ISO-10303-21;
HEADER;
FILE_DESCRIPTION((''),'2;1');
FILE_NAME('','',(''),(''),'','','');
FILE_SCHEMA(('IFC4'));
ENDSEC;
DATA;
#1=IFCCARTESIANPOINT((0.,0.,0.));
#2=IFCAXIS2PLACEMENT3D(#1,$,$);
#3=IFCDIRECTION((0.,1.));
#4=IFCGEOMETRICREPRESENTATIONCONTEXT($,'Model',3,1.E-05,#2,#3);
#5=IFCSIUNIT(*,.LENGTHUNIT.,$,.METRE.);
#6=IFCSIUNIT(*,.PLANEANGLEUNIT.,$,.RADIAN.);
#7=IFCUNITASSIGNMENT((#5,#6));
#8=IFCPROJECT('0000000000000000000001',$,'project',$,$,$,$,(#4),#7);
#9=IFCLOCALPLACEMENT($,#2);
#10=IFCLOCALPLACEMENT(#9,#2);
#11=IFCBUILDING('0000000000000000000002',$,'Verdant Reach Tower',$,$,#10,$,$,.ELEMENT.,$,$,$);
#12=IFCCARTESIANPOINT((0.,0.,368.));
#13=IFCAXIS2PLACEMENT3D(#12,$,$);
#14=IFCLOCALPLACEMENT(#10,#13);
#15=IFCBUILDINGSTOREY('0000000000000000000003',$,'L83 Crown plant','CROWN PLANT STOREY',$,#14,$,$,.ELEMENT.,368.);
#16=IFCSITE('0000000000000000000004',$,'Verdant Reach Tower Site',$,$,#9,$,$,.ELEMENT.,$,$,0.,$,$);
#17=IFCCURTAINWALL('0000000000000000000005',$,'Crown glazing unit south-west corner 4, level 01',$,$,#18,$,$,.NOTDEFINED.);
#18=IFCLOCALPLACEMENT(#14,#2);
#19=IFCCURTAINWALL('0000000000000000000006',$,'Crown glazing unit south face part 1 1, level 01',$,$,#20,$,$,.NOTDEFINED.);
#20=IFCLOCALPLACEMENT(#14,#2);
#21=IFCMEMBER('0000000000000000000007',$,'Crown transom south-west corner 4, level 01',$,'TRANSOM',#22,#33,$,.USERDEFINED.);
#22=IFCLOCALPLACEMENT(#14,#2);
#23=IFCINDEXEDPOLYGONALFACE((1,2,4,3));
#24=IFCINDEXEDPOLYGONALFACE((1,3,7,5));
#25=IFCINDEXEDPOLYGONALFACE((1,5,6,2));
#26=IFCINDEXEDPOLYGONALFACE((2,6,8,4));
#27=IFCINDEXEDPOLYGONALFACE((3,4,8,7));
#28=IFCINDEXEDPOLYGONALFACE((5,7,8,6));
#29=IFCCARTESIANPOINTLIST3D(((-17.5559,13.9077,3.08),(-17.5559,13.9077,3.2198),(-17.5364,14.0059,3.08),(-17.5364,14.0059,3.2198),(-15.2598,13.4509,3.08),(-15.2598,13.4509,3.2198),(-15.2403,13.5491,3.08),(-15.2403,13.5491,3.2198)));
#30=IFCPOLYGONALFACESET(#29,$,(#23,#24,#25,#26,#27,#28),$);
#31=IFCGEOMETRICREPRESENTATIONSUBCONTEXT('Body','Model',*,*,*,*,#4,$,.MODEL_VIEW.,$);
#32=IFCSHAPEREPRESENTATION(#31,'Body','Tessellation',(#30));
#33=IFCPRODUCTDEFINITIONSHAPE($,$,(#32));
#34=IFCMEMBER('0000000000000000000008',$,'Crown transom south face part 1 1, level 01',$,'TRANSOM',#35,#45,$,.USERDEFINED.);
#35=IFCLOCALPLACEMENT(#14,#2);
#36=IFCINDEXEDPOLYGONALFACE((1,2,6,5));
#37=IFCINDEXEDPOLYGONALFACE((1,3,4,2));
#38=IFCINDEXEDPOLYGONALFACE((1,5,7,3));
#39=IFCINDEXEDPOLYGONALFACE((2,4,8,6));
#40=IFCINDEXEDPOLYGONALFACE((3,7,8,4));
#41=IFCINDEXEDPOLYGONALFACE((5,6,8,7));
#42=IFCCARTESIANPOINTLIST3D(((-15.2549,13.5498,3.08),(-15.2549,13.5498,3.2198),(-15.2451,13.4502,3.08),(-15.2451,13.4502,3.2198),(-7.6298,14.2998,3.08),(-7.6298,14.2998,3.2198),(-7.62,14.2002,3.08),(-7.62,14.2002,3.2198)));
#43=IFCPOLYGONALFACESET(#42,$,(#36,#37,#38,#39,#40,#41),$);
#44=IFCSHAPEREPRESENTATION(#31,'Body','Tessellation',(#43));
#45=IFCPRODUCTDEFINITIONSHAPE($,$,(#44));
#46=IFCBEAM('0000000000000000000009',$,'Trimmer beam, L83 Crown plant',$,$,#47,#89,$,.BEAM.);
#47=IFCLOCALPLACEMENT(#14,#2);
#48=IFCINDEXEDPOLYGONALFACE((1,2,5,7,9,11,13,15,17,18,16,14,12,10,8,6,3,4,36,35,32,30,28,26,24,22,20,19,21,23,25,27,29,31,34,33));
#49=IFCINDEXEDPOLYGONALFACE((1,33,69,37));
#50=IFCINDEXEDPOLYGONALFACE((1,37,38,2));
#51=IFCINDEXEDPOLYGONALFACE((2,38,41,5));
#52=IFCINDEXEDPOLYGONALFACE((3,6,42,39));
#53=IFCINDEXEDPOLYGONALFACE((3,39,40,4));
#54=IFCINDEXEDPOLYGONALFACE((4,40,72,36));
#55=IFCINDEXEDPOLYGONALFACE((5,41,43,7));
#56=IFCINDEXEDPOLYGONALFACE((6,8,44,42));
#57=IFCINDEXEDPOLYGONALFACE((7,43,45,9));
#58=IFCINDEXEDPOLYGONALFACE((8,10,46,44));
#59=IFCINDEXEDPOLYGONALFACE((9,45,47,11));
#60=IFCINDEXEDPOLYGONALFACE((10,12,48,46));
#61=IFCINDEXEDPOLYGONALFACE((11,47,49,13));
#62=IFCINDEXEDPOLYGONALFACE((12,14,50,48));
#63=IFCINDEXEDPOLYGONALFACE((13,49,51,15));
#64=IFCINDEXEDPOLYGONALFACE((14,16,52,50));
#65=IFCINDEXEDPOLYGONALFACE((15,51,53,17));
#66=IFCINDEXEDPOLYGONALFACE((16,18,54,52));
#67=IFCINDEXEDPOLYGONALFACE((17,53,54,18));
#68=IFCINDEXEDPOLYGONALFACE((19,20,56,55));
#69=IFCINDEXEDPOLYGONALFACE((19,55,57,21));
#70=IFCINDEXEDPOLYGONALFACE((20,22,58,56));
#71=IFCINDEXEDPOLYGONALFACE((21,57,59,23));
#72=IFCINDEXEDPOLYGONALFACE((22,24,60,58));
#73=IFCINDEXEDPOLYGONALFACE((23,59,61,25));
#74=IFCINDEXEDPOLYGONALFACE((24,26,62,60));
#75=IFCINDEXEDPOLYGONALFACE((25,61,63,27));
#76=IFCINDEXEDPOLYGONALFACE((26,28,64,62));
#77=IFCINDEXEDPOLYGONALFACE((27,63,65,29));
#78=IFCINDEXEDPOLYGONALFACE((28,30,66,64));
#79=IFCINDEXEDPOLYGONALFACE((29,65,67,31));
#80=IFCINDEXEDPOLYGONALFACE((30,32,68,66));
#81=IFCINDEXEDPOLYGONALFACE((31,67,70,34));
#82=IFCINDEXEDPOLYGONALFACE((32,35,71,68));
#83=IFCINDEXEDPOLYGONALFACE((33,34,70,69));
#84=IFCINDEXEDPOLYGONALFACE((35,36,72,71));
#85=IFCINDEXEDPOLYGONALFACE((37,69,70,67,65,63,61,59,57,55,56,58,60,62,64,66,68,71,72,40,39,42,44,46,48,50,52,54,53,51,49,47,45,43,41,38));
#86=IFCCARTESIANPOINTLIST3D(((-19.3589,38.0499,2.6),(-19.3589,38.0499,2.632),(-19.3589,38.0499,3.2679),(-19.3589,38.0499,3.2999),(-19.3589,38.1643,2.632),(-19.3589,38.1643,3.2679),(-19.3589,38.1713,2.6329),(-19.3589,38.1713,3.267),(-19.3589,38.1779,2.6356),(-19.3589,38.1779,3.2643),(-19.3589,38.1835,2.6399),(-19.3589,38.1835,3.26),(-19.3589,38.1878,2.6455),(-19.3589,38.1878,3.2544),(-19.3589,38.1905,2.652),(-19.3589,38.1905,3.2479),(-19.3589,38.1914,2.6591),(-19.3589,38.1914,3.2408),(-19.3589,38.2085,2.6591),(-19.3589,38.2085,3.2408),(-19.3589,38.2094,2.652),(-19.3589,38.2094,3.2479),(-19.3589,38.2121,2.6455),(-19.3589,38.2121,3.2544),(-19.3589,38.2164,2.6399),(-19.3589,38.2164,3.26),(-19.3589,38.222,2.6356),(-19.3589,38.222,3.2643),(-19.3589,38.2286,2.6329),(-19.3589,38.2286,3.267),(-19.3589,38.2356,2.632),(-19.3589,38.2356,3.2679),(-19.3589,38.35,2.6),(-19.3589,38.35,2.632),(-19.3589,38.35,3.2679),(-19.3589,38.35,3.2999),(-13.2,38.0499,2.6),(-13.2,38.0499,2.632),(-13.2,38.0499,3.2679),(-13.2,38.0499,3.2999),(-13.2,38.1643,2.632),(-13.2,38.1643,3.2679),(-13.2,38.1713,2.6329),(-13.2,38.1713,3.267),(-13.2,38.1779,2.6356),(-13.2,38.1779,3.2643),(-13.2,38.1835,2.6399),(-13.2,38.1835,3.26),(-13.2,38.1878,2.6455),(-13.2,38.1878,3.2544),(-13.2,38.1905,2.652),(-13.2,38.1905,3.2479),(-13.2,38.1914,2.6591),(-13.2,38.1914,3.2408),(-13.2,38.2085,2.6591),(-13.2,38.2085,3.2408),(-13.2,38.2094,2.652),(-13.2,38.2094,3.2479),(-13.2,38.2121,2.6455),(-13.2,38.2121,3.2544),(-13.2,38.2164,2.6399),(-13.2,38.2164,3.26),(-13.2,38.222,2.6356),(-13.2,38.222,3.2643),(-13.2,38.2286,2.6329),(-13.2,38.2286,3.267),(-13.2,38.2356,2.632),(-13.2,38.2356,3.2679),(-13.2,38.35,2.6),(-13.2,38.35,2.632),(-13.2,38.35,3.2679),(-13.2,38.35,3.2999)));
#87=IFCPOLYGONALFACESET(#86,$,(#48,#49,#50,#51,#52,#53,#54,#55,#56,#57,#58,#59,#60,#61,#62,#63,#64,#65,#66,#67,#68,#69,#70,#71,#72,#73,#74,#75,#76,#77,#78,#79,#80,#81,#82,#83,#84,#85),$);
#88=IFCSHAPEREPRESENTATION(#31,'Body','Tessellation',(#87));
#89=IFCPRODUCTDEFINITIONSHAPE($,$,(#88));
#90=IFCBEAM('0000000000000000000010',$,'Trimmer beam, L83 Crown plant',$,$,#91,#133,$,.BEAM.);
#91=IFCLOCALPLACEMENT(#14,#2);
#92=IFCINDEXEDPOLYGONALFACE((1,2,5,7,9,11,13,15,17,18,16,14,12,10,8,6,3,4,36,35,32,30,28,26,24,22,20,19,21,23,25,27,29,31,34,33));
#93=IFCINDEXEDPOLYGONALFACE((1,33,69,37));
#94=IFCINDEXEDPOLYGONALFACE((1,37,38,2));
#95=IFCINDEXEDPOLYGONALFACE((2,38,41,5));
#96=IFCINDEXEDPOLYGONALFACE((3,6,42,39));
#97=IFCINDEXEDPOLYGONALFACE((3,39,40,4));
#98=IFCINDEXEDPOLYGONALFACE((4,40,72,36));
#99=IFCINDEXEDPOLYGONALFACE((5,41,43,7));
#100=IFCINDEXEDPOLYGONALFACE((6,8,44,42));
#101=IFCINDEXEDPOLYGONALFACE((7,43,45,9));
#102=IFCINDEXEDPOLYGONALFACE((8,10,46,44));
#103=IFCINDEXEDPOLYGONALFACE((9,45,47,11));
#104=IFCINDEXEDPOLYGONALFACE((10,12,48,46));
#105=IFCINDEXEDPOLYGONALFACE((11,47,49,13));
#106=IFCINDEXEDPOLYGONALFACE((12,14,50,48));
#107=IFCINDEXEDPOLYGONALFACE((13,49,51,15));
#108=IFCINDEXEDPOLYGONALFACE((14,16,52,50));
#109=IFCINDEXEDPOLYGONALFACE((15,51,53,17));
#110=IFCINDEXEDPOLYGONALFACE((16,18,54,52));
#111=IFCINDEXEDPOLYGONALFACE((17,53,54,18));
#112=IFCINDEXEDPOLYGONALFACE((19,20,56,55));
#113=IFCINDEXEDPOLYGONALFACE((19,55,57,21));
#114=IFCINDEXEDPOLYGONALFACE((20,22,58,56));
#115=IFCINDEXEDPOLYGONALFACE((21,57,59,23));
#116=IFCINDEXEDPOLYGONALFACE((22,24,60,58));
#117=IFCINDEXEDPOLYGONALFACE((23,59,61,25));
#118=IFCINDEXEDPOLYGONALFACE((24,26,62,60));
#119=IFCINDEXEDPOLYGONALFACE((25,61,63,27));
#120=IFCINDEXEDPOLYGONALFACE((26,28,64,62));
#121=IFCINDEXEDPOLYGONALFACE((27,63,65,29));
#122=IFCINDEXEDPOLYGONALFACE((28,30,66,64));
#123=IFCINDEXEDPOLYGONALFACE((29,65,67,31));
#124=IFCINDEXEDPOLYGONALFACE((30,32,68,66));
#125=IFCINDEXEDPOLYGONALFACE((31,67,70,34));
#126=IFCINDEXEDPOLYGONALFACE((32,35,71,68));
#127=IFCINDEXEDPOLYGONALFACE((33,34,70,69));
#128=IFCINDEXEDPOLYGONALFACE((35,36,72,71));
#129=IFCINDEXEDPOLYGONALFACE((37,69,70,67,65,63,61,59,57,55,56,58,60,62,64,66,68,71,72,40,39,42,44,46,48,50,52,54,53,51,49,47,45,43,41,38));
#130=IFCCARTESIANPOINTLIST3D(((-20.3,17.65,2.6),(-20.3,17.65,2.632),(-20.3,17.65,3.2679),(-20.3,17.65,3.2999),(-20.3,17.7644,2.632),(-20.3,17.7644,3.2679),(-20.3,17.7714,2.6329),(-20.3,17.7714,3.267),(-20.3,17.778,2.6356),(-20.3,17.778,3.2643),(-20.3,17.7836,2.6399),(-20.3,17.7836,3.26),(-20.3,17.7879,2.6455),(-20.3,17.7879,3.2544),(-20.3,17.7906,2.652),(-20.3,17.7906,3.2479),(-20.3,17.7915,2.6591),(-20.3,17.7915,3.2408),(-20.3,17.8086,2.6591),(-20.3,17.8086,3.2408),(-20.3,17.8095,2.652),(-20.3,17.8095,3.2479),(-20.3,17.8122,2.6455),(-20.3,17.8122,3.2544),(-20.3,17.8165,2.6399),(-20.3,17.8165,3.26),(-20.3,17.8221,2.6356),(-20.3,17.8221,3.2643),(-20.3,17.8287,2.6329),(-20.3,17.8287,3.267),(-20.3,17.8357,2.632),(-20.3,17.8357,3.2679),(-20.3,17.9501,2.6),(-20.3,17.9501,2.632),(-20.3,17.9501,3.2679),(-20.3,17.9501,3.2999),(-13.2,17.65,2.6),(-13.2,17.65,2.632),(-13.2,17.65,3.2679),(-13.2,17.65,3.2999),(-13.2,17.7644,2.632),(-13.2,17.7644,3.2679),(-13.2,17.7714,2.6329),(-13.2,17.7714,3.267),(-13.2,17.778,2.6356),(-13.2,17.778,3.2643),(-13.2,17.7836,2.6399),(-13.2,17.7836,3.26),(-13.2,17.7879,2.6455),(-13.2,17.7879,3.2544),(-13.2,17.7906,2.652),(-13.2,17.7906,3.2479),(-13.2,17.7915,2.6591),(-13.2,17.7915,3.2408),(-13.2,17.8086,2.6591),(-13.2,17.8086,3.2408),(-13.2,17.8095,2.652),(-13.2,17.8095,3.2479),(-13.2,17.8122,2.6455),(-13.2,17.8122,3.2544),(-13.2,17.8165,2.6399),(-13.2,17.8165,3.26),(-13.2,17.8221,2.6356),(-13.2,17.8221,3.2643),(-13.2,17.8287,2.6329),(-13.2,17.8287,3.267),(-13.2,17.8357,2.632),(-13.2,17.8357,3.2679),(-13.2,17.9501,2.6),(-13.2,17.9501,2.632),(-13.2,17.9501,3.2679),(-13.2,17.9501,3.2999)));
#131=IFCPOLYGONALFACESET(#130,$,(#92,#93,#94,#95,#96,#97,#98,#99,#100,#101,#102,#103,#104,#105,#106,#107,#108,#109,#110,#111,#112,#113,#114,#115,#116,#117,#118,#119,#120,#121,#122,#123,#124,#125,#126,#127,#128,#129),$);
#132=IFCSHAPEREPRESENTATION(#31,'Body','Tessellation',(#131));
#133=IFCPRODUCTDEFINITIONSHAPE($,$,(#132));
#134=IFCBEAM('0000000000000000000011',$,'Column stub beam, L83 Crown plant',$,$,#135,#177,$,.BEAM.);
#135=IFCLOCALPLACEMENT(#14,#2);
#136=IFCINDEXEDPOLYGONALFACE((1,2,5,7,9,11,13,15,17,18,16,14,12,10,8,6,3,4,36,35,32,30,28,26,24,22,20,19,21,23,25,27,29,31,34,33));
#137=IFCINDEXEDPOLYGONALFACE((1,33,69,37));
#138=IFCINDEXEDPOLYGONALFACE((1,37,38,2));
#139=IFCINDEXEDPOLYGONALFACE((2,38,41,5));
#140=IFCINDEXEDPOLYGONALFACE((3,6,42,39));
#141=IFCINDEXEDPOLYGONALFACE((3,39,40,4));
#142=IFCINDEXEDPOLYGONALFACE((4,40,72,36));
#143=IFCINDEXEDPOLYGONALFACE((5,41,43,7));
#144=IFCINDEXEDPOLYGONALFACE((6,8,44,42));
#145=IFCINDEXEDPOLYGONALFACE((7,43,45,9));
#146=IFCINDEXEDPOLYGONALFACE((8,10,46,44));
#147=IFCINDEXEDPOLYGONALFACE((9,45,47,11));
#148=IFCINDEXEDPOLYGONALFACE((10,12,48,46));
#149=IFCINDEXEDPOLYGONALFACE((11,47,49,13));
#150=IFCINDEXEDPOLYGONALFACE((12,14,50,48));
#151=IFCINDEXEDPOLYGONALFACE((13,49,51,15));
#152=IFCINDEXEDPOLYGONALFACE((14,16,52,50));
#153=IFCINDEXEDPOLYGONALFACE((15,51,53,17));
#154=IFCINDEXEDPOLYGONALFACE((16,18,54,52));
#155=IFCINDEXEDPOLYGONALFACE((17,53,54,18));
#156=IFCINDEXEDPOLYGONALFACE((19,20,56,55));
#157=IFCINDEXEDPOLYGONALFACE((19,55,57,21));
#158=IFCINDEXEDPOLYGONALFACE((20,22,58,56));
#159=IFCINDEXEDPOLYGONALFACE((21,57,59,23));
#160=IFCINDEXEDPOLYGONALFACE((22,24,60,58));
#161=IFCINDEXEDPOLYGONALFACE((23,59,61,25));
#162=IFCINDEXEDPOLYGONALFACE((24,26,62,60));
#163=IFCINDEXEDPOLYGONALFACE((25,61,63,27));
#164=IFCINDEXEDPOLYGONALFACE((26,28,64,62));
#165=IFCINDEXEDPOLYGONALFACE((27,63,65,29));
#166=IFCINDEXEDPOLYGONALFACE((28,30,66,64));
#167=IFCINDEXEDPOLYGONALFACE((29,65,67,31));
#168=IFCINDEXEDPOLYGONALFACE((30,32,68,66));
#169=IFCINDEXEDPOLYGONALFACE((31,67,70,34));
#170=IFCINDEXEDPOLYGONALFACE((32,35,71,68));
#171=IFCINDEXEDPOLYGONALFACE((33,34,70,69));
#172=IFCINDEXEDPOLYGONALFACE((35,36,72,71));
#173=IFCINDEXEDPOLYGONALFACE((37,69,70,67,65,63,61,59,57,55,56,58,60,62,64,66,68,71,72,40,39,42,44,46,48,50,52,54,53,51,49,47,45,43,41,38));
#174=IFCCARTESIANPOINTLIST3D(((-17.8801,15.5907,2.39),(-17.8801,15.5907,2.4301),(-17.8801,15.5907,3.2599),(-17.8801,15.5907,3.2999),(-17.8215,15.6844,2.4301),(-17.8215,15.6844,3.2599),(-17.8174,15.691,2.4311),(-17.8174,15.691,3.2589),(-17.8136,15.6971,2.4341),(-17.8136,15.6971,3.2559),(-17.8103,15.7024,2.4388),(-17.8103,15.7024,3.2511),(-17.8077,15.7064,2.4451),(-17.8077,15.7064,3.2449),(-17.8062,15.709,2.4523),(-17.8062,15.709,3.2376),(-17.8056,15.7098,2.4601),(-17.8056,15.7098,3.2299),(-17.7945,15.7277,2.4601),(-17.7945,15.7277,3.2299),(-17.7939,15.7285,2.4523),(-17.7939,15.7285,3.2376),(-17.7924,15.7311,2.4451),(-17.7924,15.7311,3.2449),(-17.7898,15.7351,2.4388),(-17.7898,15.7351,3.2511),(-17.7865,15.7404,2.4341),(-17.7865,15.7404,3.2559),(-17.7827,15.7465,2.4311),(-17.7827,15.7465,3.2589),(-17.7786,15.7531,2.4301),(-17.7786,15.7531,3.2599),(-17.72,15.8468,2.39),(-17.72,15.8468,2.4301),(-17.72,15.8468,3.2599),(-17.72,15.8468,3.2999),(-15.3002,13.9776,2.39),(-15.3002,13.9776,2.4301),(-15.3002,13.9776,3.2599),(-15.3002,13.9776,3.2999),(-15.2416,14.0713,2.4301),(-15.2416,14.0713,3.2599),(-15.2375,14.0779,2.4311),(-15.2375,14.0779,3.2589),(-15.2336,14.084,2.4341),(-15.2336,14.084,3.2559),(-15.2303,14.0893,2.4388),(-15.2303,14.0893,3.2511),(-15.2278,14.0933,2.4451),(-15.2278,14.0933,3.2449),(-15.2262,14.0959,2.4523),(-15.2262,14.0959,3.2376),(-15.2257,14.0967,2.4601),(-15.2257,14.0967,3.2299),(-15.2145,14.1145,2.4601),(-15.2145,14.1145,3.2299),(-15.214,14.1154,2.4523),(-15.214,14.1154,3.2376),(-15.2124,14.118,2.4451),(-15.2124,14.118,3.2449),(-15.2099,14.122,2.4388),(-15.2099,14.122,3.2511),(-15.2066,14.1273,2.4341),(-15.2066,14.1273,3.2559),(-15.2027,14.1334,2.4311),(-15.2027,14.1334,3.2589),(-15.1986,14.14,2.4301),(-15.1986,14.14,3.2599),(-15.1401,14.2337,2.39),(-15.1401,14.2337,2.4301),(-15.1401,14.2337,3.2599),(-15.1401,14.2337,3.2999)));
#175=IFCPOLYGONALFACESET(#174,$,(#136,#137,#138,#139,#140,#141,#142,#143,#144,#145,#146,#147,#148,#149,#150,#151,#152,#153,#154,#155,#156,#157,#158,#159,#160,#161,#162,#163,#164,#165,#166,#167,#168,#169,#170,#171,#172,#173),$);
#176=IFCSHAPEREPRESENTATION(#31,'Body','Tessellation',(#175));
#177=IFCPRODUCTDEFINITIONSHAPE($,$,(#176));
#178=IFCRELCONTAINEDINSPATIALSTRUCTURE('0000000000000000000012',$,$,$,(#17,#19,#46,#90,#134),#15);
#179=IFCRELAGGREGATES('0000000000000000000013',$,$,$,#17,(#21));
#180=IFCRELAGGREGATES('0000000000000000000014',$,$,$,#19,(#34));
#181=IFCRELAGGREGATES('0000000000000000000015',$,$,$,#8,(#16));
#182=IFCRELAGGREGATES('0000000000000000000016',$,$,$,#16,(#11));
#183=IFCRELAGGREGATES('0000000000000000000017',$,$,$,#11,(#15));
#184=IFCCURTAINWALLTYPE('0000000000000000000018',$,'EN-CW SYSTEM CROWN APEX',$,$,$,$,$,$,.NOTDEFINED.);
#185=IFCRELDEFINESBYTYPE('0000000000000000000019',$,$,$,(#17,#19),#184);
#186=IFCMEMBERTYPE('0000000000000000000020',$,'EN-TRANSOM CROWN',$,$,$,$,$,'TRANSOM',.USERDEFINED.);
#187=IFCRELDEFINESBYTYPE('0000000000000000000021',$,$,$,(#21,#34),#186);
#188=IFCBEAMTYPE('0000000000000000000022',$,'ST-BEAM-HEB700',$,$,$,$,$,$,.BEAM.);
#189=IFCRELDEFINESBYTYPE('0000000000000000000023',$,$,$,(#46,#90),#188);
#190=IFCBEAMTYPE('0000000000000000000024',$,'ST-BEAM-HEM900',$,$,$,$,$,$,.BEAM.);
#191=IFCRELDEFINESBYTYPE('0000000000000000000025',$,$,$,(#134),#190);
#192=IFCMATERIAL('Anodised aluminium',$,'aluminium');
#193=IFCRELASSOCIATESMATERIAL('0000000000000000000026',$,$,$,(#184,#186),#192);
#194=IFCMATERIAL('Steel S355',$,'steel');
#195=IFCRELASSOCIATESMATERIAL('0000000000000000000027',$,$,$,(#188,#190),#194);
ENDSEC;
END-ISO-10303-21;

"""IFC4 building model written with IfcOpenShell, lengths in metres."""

from ifc_helpers import new_model, si_unit, direction, frame, origin, origin_2d, place, context, subcontext, project, spatial, rectangle, i_section, extrude, material, material_profile, profile_set, type_object, element, aggregate, save


model = new_model("IFC4")

# Units and contexts
model_context = context("Model", 3, precision=1e-05, world=origin(), true_north=direction((0.0, 1.0)))
body_context = subcontext(model_context, "Body", "Model", "MODEL_VIEW")
ifc_project = project(units=[si_unit("LENGTHUNIT", "METRE"), si_unit("PLANEANGLEUNIT", "RADIAN")], contexts=[model_context])

# Site, building, storey
site_placement = place(None, origin())
site = spatial("IfcSite", under=ifc_project, at=site_placement, Name="Verdant Reach Tower Site", CompositionType="ELEMENT", RefElevation=0.0)
building_placement = place(site_placement, origin())
building = spatial("IfcBuilding", under=site, at=building_placement, Name="Verdant Reach Tower", CompositionType="ELEMENT")
storey_placement = place(building_placement, frame((0.0, 0.0, 368.0)))
storey = spatial("IfcBuildingStorey", under=building, at=storey_placement, Name="L83 Crown plant", Description="CROWN PLANT STOREY", CompositionType="ELEMENT", Elevation=368.0)

# Curtain walls
ifc_material_1 = material(Name="Anodised aluminium", Category="aluminium")
curtain_wall_type_1 = type_object("IfcCurtainWallType", Name="EN-CW SYSTEM CROWN APEX", PredefinedType="NOTDEFINED", material=ifc_material_1)
curtain_wall_1_placement = place(storey_placement, origin())
curtain_wall_1 = element("IfcCurtainWall", 1, at=curtain_wall_1_placement, inside=storey, type_object=curtain_wall_type_1, Name="Crown glazing unit south-west corner 4, level 01", PredefinedType="NOTDEFINED")
curtain_wall_2_placement = place(storey_placement, origin())
curtain_wall_2 = element("IfcCurtainWall", 2, at=curtain_wall_2_placement, inside=storey, type_object=curtain_wall_type_1, Name="Crown glazing unit south face part 1 1, level 01", PredefinedType="NOTDEFINED")

# Members
ifc_material_profile_1 = material_profile(ifc_material_1, rectangle(XDim=0.1001, YDim=0.1399, at=origin_2d()), Name="Transom 140x100")
ifc_profile_set_1 = profile_set([ifc_material_profile_1], Name="Anodised aluminium")
member_type_1 = type_object("IfcMemberType", Name="EN-TRANSOM CROWN", ElementType="TRANSOM", PredefinedType="USERDEFINED", material=ifc_profile_set_1)
member_1_placement = place(storey_placement, frame((-17.5461, 13.9568, 3.1499), z_axis=(0.980781, -0.195113, 0.0), x_axis=(0.195113, 0.980781, 0.0)))
member_1 = element("IfcMember", 3, at=member_1_placement, type_object=member_type_1, Name="Crown transom south-west corner 4, level 01", ObjectType="TRANSOM", PredefinedType="USERDEFINED", context=body_context, shape_type="SweptSolid", body=[
    extrude(rectangle(XDim=0.1001, YDim=0.1399, at=origin_2d()), origin(), (0.0, 0.0, 1.0), 2.3411),
])
member_2_placement = place(storey_placement, frame((-15.25, 13.5, 3.1499), z_axis=(0.995197, 0.097888, 0.0), x_axis=(-0.097888, 0.995197, 0.0)))
member_2 = element("IfcMember", 4, at=member_2_placement, type_object=member_type_1, Name="Crown transom south face part 1 1, level 01", ObjectType="TRANSOM", PredefinedType="USERDEFINED", context=body_context, shape_type="SweptSolid", body=[
    extrude(rectangle(XDim=0.1001, YDim=0.1399, at=origin_2d()), origin(), (0.0, 0.0, 1.0), 7.6619),
])

# Beams
ifc_material_2 = material(Name="Steel S355", Category="steel")
ifc_material_profile_2 = material_profile(ifc_material_2, i_section(OverallWidth=0.3, OverallDepth=0.7, WebThickness=0.0171, FlangeThickness=0.032, FilletRadius=0.0271, at=origin_2d()), Name="HEB 700")
ifc_profile_set_2 = profile_set([ifc_material_profile_2], Name="Steel S355")
beam_type_1 = type_object("IfcBeamType", Name="ST-BEAM-HEB700", PredefinedType="BEAM", material=ifc_profile_set_2)
beam_1_placement = place(storey_placement, frame((-13.2, 38.2, 2.95), z_axis=(-1.0, 0.0, 0.0), x_axis=(0.0, -1.0, 0.0)))
element("IfcBeam", 5, at=beam_1_placement, inside=storey, type_object=beam_type_1, Name="Trimmer beam, L83 Crown plant", PredefinedType="BEAM", context=body_context, shape_type="SweptSolid", body=[
    extrude(i_section(OverallWidth=0.3, OverallDepth=0.7, WebThickness=0.0171, FlangeThickness=0.032, FilletRadius=0.0271, at=origin_2d()), origin(), (0.0, 0.0, 1.0), 6.1589),
])
beam_2_placement = place(storey_placement, frame((-13.2, 17.8, 2.95), z_axis=(-1.0, 0.0, 0.0), x_axis=(0.0, -1.0, 0.0)))
element("IfcBeam", 6, at=beam_2_placement, inside=storey, type_object=beam_type_1, Name="Trimmer beam, L83 Crown plant", PredefinedType="BEAM", context=body_context, shape_type="SweptSolid", body=[
    extrude(i_section(OverallWidth=0.3, OverallDepth=0.7, WebThickness=0.0171, FlangeThickness=0.032, FilletRadius=0.0271, at=origin_2d()), origin(), (0.0, 0.0, 1.0), 7.1001),
])
ifc_material_profile_3 = material_profile(ifc_material_2, i_section(OverallWidth=0.302, OverallDepth=0.9099, WebThickness=0.021, FlangeThickness=0.04, FilletRadius=0.03, at=origin_2d()), Name="HEM 900")
ifc_profile_set_3 = profile_set([ifc_material_profile_3], Name="Steel S355")
beam_type_2 = type_object("IfcBeamType", Name="ST-BEAM-HEM900", PredefinedType="BEAM", material=ifc_profile_set_3)
beam_3_placement = place(storey_placement, frame((-17.8, 15.7188, 2.845), z_axis=(0.847904, -0.53015, 0.0), x_axis=(0.53015, 0.847904, 0.0)))
element("IfcBeam", 7, at=beam_3_placement, inside=storey, type_object=beam_type_2, Name="Column stub beam, L83 Crown plant", PredefinedType="BEAM", context=body_context, shape_type="SweptSolid", body=[
    extrude(i_section(OverallWidth=0.302, OverallDepth=0.9099, WebThickness=0.021, FlangeThickness=0.04, FilletRadius=0.03, at=origin_2d()), origin(), (0.0, 0.0, 1.0), 3.0427),
])

aggregate(curtain_wall_1, [member_1])
aggregate(curtain_wall_2, [member_2])

save(model, "model.ifc")
